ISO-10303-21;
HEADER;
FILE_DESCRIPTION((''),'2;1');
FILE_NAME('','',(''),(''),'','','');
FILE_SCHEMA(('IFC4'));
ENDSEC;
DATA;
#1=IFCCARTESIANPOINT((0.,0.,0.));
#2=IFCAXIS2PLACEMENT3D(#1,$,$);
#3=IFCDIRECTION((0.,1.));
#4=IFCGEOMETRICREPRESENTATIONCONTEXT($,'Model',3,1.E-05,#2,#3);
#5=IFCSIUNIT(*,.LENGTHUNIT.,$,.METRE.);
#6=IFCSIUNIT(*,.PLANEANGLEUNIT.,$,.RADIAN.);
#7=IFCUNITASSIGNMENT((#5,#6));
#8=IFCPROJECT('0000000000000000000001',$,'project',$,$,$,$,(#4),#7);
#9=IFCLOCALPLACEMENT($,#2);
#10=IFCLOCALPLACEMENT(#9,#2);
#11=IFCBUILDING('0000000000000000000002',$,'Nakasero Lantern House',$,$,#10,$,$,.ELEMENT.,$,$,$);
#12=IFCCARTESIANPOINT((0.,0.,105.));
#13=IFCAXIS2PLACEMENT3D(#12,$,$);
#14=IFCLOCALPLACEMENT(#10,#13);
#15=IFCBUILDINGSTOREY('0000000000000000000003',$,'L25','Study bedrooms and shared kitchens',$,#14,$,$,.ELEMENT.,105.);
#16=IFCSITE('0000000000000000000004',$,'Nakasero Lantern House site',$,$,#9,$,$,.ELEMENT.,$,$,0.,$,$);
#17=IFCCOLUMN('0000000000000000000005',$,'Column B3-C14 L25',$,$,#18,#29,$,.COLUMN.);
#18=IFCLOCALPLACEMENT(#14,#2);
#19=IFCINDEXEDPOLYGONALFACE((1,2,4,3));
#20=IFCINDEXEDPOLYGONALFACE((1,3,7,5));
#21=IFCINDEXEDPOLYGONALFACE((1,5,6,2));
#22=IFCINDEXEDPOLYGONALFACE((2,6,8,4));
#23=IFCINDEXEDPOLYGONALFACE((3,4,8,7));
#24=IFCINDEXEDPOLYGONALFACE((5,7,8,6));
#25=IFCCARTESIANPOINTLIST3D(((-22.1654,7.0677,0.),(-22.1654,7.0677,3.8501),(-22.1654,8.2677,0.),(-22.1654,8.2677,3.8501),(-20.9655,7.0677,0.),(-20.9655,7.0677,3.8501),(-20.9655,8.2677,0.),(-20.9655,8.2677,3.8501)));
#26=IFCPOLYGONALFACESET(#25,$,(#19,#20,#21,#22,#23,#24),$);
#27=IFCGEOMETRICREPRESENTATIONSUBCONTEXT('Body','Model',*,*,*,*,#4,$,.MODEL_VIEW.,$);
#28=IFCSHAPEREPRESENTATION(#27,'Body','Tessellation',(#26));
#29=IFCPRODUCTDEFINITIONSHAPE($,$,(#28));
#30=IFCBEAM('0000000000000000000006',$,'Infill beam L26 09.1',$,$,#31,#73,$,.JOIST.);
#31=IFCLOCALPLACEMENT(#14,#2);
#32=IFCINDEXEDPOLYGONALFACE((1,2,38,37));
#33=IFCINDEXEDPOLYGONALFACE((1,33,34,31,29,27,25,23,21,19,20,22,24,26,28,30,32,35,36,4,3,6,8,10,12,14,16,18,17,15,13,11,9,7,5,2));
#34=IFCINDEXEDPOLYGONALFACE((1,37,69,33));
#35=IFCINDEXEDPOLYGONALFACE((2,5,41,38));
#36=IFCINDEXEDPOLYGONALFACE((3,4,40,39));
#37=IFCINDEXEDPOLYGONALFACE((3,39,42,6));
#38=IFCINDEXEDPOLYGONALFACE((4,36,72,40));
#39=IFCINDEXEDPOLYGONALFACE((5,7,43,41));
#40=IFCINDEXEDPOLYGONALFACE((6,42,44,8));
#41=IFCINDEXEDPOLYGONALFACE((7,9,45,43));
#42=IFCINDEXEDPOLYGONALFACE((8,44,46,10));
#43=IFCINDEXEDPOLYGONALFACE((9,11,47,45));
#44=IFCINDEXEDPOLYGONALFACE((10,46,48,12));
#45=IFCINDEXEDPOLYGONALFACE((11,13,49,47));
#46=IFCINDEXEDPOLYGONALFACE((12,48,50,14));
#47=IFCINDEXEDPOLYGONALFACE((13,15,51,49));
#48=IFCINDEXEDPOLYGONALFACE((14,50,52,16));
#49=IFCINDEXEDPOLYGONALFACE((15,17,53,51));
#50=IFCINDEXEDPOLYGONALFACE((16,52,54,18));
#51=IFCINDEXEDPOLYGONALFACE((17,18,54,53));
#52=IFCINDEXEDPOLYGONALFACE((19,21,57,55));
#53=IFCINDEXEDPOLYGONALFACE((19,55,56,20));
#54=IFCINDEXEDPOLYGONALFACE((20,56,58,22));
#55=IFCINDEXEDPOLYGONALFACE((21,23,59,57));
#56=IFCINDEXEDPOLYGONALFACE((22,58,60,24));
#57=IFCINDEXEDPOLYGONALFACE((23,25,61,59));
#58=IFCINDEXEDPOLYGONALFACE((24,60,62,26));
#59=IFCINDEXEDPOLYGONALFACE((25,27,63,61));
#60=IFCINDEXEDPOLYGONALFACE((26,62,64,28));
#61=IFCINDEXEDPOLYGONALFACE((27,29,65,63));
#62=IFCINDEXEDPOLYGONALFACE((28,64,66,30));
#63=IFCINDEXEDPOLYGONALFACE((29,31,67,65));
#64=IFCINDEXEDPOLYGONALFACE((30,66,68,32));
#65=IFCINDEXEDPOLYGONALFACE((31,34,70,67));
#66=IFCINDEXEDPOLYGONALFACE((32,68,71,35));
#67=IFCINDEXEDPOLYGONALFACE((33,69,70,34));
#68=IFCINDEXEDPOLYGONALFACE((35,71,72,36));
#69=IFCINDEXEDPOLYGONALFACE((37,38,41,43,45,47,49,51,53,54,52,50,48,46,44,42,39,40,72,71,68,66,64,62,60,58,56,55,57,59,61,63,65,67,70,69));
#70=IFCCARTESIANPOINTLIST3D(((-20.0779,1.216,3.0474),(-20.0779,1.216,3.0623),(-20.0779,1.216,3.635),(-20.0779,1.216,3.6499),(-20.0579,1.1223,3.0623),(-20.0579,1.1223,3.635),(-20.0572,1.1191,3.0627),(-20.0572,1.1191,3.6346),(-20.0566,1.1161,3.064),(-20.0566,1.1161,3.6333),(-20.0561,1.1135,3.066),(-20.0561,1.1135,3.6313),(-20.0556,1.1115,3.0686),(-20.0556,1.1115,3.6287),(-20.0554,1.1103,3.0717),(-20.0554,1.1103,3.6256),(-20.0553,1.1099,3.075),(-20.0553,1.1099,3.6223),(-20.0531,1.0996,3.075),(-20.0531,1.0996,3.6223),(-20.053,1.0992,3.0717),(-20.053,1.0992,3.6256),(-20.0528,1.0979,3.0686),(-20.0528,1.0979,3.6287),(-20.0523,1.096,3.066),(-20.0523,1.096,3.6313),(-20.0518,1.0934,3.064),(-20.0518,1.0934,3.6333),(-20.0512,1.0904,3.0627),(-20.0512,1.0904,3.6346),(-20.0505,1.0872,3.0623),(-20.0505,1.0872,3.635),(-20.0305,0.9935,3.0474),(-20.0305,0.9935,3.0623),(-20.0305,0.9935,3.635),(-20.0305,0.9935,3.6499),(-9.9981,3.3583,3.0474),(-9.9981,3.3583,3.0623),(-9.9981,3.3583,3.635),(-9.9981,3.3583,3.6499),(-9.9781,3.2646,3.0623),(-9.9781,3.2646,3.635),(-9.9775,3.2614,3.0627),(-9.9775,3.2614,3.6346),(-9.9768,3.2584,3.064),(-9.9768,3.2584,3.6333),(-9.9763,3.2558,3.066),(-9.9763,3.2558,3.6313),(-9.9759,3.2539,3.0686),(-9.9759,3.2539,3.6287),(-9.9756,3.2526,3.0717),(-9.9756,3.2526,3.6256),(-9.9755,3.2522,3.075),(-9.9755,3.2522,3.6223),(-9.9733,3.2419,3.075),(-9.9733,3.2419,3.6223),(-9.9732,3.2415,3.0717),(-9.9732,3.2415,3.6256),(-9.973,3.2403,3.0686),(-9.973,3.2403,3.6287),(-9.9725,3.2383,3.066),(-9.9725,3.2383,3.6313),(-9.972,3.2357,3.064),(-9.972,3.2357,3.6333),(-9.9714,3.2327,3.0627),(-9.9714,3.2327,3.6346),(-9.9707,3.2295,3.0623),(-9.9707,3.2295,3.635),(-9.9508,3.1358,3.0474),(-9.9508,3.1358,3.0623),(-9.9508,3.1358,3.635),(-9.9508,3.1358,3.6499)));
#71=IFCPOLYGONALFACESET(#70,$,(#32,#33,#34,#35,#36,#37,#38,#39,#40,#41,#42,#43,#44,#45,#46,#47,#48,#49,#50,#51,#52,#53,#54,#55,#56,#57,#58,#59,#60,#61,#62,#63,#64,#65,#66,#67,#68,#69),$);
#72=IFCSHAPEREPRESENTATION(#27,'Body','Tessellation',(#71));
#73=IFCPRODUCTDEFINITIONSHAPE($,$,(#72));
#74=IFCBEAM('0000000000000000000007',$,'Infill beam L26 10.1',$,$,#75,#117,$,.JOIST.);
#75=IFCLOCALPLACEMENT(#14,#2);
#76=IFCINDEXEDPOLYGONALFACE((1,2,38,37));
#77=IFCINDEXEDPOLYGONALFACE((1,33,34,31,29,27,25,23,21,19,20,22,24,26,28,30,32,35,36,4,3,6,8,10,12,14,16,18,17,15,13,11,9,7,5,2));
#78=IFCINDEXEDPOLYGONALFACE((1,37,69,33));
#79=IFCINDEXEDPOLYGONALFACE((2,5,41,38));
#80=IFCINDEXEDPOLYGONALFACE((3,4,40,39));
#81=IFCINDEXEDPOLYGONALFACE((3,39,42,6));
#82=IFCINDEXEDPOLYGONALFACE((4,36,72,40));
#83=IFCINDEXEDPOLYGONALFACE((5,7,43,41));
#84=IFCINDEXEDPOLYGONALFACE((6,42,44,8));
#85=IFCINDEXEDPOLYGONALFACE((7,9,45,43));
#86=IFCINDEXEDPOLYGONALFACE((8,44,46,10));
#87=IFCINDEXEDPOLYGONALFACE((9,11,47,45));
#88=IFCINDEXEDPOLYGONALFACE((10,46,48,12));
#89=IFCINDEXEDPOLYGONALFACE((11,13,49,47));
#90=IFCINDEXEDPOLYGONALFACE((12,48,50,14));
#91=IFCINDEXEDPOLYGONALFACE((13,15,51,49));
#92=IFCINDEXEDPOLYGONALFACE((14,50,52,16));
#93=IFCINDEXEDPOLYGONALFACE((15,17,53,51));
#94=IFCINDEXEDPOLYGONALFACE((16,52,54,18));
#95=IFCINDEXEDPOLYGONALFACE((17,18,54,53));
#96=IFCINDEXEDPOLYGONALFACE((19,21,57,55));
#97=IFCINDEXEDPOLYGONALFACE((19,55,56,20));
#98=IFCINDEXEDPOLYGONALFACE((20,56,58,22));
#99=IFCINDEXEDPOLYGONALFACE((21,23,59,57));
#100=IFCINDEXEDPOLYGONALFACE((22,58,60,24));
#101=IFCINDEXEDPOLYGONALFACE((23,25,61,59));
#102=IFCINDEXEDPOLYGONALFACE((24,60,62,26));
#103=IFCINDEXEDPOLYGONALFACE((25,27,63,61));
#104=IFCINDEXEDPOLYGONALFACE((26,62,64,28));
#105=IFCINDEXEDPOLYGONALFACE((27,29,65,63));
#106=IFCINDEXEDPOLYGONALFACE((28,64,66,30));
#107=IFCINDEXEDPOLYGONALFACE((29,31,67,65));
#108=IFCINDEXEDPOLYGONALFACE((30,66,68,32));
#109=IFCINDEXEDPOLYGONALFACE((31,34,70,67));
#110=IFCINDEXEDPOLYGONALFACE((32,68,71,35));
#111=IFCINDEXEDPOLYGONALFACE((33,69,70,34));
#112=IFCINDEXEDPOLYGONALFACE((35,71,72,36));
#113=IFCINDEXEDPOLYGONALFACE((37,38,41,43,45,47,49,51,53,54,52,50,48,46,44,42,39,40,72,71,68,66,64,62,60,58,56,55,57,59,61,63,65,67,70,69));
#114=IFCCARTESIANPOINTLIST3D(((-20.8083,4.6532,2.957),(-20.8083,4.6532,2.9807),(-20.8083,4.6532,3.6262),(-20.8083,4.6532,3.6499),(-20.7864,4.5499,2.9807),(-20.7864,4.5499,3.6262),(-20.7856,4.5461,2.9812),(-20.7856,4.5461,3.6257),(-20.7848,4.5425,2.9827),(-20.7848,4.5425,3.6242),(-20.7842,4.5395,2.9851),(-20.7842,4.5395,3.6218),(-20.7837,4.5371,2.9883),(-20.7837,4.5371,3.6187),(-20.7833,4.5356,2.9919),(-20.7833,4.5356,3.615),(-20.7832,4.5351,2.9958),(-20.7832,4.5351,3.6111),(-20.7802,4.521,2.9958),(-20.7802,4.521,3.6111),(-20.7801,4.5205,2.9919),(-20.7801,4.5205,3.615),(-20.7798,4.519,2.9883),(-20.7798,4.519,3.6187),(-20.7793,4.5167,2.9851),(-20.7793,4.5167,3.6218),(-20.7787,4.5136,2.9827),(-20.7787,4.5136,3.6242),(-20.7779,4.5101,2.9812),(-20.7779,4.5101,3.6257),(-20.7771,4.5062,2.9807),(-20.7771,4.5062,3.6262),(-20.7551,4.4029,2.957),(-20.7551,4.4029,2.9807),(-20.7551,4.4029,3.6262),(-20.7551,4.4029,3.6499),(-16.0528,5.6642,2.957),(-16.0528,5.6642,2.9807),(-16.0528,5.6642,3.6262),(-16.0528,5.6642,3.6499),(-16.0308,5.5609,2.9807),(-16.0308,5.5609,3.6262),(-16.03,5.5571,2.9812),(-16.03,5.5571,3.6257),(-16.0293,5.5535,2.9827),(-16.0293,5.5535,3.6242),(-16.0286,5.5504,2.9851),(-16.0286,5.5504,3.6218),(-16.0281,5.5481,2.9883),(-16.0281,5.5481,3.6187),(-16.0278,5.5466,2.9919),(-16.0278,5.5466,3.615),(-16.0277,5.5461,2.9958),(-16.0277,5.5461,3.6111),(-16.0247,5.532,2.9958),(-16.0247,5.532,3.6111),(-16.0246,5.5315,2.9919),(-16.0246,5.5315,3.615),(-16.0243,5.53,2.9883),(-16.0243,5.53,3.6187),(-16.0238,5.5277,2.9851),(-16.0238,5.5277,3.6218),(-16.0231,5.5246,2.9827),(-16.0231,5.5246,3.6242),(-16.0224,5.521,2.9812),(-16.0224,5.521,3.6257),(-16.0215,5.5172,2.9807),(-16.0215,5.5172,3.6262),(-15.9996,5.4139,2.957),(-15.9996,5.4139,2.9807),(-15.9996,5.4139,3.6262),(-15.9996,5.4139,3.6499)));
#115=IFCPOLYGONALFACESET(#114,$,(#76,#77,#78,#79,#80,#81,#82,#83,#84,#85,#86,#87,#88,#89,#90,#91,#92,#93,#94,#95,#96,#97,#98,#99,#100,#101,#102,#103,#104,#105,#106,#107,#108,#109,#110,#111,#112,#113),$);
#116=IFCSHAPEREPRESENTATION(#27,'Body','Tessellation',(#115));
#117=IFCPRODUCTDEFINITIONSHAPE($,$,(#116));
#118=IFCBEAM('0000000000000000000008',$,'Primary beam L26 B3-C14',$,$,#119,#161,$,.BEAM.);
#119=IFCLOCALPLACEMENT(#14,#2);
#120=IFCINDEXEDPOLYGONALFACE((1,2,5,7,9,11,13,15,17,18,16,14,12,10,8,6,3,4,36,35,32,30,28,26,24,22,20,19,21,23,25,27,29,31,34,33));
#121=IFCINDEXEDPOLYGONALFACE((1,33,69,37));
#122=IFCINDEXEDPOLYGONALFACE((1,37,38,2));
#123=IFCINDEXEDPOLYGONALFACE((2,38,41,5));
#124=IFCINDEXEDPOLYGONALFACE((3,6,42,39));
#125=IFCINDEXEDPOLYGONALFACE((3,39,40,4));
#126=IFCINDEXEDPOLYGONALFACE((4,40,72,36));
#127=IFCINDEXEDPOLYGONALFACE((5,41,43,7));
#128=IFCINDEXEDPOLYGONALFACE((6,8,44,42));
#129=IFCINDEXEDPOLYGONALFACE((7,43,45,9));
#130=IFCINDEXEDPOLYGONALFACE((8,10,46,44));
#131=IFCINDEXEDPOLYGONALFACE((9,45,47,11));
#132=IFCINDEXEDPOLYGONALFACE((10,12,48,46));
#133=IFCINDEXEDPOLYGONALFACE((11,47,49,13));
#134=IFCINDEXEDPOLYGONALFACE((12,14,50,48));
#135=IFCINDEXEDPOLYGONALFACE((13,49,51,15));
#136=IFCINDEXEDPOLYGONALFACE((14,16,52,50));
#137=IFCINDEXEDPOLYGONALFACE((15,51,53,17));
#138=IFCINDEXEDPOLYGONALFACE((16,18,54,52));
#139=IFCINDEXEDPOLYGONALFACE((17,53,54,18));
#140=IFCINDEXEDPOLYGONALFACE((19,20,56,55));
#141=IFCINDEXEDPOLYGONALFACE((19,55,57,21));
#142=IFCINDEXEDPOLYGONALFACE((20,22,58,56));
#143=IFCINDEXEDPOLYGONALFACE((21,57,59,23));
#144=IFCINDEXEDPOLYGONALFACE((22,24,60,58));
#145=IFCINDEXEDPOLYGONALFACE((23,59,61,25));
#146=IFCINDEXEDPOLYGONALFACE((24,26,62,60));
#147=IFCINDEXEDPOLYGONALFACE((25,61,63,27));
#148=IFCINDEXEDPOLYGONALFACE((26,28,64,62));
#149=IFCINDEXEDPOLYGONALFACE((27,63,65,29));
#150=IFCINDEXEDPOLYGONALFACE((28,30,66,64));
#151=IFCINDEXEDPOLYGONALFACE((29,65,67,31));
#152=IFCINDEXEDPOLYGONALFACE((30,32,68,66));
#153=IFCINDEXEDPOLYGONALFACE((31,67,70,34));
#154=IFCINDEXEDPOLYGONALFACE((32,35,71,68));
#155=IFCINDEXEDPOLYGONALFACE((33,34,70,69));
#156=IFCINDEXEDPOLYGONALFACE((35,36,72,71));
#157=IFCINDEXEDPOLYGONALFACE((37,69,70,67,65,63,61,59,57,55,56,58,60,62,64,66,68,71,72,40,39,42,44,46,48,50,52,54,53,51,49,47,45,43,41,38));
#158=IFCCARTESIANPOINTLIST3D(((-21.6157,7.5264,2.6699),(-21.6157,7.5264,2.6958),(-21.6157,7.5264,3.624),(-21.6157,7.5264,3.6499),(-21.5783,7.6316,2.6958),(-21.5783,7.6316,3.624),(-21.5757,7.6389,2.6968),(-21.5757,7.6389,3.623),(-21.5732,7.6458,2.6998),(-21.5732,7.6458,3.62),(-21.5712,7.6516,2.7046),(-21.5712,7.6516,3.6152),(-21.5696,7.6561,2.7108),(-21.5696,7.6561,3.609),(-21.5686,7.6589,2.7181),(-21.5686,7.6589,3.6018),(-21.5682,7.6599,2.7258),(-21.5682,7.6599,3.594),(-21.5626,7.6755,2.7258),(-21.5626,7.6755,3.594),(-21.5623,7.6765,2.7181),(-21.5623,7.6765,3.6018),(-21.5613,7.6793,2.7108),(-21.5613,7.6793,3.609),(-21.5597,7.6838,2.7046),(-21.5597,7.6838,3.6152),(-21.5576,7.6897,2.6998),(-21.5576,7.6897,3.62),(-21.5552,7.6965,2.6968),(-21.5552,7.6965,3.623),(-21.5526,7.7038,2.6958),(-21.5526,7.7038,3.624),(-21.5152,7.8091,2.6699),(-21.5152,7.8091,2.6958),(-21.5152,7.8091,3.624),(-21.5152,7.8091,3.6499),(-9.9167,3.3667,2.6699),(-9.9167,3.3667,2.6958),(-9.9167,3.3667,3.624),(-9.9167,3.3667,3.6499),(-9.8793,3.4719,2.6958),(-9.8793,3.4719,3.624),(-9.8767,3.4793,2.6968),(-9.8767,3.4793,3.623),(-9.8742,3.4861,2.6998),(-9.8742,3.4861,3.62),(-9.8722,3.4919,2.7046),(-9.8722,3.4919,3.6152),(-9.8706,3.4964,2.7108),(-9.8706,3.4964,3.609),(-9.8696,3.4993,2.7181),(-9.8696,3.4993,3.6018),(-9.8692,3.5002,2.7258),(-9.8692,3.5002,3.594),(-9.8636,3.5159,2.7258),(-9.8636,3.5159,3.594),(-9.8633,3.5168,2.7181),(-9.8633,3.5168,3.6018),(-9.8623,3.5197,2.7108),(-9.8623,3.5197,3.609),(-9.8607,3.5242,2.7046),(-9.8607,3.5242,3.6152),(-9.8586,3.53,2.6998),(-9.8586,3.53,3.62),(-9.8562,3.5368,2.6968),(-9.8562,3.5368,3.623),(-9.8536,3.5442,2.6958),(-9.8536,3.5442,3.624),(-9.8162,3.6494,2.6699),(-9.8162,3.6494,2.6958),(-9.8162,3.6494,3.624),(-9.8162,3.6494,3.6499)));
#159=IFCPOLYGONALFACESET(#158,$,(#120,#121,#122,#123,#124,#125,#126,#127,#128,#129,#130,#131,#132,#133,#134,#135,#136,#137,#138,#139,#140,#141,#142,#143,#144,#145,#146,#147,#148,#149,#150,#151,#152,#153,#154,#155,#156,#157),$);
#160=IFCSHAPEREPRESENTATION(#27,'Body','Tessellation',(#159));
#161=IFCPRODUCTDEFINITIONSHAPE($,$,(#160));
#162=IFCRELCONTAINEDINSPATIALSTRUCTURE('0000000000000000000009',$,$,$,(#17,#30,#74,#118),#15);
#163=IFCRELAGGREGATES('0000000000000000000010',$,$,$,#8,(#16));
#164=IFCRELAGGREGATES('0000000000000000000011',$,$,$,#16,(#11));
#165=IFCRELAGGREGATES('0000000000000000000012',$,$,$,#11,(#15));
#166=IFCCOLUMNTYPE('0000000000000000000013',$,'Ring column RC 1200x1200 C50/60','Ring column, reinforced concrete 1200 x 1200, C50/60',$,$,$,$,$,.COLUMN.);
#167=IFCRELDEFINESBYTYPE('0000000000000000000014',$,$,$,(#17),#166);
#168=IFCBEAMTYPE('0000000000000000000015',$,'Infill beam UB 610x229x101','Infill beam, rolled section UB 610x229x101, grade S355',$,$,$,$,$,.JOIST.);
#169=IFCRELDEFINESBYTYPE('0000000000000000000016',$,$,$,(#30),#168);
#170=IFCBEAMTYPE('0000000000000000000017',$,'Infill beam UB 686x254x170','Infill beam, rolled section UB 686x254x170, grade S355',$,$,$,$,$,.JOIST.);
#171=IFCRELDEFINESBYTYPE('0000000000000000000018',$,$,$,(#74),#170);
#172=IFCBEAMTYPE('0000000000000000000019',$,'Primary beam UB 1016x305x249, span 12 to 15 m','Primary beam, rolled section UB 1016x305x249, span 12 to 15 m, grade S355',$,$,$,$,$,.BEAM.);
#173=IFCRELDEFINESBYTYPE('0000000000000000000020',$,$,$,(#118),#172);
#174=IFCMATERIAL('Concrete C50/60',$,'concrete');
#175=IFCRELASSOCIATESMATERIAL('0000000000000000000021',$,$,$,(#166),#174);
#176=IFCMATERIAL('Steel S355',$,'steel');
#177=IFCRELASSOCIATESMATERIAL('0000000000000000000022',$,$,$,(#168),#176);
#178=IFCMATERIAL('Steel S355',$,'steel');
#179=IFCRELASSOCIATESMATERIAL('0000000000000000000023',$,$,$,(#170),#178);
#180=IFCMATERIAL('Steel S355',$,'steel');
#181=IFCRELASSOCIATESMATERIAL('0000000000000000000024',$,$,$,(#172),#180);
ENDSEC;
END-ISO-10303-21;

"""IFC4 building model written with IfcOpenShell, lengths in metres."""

from ifc_helpers import new_model, si_unit, direction, frame, origin, origin_2d, place, context, subcontext, project, spatial, rectangle, i_section, extrude, material, material_profile, profile_set, type_object, element, save


model = new_model("IFC4")

# Units and contexts
model_context = context("Model", 3, precision=1e-05, world=origin(), true_north=direction((0.0, 1.0)))
body_context = subcontext(model_context, "Body", "Model", "MODEL_VIEW")
ifc_project = project(units=[si_unit("LENGTHUNIT", "METRE"), si_unit("PLANEANGLEUNIT", "RADIAN")], contexts=[model_context])

# Site, building, storey
site_placement = place(None, origin())
site = spatial("IfcSite", under=ifc_project, at=site_placement, Name="Nakasero Lantern House site", CompositionType="ELEMENT", RefElevation=0.0)
building_placement = place(site_placement, origin())
building = spatial("IfcBuilding", under=site, at=building_placement, Name="Nakasero Lantern House", CompositionType="ELEMENT")
storey_placement = place(building_placement, frame((0.0, 0.0, 105.0)))
storey = spatial("IfcBuildingStorey", under=building, at=storey_placement, Name="L25", Description="Study bedrooms and shared kitchens", CompositionType="ELEMENT", Elevation=105.0)

# Column
ifc_material_1 = material(Name="Concrete C50/60", Category="concrete")
ifc_material_profile_1 = material_profile(ifc_material_1, rectangle(XDim=1.2, YDim=1.2, at=origin_2d()), Name="RC 1200x1200")
ifc_profile_set_1 = profile_set([ifc_material_profile_1], Name="Concrete C50/60")
column_type = type_object("IfcColumnType", Name="Ring column RC 1200x1200 C50/60", Description="Ring column, reinforced concrete 1200 x 1200, C50/60", PredefinedType="COLUMN", material=ifc_profile_set_1)
column_placement = place(storey_placement, frame((-21.5654, 7.6677, 0.0), z_axis=(0.0, 0.0, 1.0), x_axis=(1.0, 0.0, 0.0)))
element("IfcColumn", 1, at=column_placement, inside=storey, type_object=column_type, Name="Column B3-C14 L25", PredefinedType="COLUMN", context=body_context, shape_type="SweptSolid", body=[
    extrude(rectangle(XDim=1.2, YDim=1.2, at=origin_2d()), origin(), (0.0, 0.0, 1.0), 3.8501),
])

# Beams
ifc_material_2 = material(Name="Steel S355", Category="steel")
ifc_material_profile_2 = material_profile(ifc_material_2, i_section(OverallWidth=0.2275, OverallDepth=0.6025, WebThickness=0.0105, FlangeThickness=0.0149, FilletRadius=0.0127, at=origin_2d()), Name="UB 610x229x101")
ifc_profile_set_2 = profile_set([ifc_material_profile_2], Name="Steel S355")
beam_type_1 = type_object("IfcBeamType", Name="Infill beam UB 610x229x101", Description="Infill beam, rolled section UB 610x229x101, grade S355", PredefinedType="JOIST", material=ifc_profile_set_2)
beam_1_placement = place(storey_placement, frame((-20.0542, 1.1047, 3.3486), z_axis=(0.978152, 0.207893, 0.0), x_axis=(-0.207893, 0.978152, 0.0)))
element("IfcBeam", 2, at=beam_1_placement, inside=storey, type_object=beam_type_1, Name="Infill beam L26 09.1", PredefinedType="JOIST", context=body_context, shape_type="SweptSolid", body=[
    extrude(i_section(OverallWidth=0.2275, OverallDepth=0.6025, WebThickness=0.0105, FlangeThickness=0.0149, FilletRadius=0.0127, at=origin_2d()), origin(), (0.0, 0.0, 1.0), 10.3049),
])
ifc_material_3 = material(Name="Steel S355", Category="steel")
ifc_material_profile_3 = material_profile(ifc_material_3, i_section(OverallWidth=0.2559, OverallDepth=0.6929, WebThickness=0.0144, FlangeThickness=0.0237, FilletRadius=0.0151, at=origin_2d()), Name="UB 686x254x170")
ifc_profile_set_3 = profile_set([ifc_material_profile_3], Name="Steel S355")
beam_type_2 = type_object("IfcBeamType", Name="Infill beam UB 686x254x170", Description="Infill beam, rolled section UB 686x254x170, grade S355", PredefinedType="JOIST", material=ifc_profile_set_3)
beam_2_placement = place(storey_placement, frame((-20.7817, 4.5281, 3.3035), z_axis=(0.978141, 0.207941, 0.0), x_axis=(-0.207941, 0.978141, 0.0)))
element("IfcBeam", 3, at=beam_2_placement, inside=storey, type_object=beam_type_2, Name="Infill beam L26 10.1", PredefinedType="JOIST", context=body_context, shape_type="SweptSolid", body=[
    extrude(i_section(OverallWidth=0.2559, OverallDepth=0.6929, WebThickness=0.0144, FlangeThickness=0.0237, FilletRadius=0.0151, at=origin_2d()), origin(), (0.0, 0.0, 1.0), 4.8618),
])
ifc_material_4 = material(Name="Steel S355", Category="steel")
ifc_material_profile_4 = material_profile(ifc_material_4, i_section(OverallWidth=0.3, OverallDepth=0.98, WebThickness=0.0166, FlangeThickness=0.0259, FilletRadius=0.03, at=origin_2d()), Name="UB 1016x305x249")
ifc_profile_set_4 = profile_set([ifc_material_profile_4], Name="Steel S355")
beam_type_3 = type_object("IfcBeamType", Name="Primary beam UB 1016x305x249, span 12 to 15 m", Description="Primary beam, rolled section UB 1016x305x249, span 12 to 15 m, grade S355", PredefinedType="BEAM", material=ifc_profile_set_4)
beam_3_placement = place(storey_placement, frame((-21.5654, 7.6677, 3.1599), z_axis=(0.942214, -0.335012, 0.0), x_axis=(0.335012, 0.942214, 0.0)))
element("IfcBeam", 4, at=beam_3_placement, inside=storey, type_object=beam_type_3, Name="Primary beam L26 B3-C14", PredefinedType="BEAM", context=body_context, shape_type="SweptSolid", body=[
    extrude(i_section(OverallWidth=0.3, OverallDepth=0.98, WebThickness=0.0166, FlangeThickness=0.0259, FilletRadius=0.03, at=origin_2d()), origin(), (0.0, 0.0, 1.0), 12.4165),
])

save(model, "model.ifc")
